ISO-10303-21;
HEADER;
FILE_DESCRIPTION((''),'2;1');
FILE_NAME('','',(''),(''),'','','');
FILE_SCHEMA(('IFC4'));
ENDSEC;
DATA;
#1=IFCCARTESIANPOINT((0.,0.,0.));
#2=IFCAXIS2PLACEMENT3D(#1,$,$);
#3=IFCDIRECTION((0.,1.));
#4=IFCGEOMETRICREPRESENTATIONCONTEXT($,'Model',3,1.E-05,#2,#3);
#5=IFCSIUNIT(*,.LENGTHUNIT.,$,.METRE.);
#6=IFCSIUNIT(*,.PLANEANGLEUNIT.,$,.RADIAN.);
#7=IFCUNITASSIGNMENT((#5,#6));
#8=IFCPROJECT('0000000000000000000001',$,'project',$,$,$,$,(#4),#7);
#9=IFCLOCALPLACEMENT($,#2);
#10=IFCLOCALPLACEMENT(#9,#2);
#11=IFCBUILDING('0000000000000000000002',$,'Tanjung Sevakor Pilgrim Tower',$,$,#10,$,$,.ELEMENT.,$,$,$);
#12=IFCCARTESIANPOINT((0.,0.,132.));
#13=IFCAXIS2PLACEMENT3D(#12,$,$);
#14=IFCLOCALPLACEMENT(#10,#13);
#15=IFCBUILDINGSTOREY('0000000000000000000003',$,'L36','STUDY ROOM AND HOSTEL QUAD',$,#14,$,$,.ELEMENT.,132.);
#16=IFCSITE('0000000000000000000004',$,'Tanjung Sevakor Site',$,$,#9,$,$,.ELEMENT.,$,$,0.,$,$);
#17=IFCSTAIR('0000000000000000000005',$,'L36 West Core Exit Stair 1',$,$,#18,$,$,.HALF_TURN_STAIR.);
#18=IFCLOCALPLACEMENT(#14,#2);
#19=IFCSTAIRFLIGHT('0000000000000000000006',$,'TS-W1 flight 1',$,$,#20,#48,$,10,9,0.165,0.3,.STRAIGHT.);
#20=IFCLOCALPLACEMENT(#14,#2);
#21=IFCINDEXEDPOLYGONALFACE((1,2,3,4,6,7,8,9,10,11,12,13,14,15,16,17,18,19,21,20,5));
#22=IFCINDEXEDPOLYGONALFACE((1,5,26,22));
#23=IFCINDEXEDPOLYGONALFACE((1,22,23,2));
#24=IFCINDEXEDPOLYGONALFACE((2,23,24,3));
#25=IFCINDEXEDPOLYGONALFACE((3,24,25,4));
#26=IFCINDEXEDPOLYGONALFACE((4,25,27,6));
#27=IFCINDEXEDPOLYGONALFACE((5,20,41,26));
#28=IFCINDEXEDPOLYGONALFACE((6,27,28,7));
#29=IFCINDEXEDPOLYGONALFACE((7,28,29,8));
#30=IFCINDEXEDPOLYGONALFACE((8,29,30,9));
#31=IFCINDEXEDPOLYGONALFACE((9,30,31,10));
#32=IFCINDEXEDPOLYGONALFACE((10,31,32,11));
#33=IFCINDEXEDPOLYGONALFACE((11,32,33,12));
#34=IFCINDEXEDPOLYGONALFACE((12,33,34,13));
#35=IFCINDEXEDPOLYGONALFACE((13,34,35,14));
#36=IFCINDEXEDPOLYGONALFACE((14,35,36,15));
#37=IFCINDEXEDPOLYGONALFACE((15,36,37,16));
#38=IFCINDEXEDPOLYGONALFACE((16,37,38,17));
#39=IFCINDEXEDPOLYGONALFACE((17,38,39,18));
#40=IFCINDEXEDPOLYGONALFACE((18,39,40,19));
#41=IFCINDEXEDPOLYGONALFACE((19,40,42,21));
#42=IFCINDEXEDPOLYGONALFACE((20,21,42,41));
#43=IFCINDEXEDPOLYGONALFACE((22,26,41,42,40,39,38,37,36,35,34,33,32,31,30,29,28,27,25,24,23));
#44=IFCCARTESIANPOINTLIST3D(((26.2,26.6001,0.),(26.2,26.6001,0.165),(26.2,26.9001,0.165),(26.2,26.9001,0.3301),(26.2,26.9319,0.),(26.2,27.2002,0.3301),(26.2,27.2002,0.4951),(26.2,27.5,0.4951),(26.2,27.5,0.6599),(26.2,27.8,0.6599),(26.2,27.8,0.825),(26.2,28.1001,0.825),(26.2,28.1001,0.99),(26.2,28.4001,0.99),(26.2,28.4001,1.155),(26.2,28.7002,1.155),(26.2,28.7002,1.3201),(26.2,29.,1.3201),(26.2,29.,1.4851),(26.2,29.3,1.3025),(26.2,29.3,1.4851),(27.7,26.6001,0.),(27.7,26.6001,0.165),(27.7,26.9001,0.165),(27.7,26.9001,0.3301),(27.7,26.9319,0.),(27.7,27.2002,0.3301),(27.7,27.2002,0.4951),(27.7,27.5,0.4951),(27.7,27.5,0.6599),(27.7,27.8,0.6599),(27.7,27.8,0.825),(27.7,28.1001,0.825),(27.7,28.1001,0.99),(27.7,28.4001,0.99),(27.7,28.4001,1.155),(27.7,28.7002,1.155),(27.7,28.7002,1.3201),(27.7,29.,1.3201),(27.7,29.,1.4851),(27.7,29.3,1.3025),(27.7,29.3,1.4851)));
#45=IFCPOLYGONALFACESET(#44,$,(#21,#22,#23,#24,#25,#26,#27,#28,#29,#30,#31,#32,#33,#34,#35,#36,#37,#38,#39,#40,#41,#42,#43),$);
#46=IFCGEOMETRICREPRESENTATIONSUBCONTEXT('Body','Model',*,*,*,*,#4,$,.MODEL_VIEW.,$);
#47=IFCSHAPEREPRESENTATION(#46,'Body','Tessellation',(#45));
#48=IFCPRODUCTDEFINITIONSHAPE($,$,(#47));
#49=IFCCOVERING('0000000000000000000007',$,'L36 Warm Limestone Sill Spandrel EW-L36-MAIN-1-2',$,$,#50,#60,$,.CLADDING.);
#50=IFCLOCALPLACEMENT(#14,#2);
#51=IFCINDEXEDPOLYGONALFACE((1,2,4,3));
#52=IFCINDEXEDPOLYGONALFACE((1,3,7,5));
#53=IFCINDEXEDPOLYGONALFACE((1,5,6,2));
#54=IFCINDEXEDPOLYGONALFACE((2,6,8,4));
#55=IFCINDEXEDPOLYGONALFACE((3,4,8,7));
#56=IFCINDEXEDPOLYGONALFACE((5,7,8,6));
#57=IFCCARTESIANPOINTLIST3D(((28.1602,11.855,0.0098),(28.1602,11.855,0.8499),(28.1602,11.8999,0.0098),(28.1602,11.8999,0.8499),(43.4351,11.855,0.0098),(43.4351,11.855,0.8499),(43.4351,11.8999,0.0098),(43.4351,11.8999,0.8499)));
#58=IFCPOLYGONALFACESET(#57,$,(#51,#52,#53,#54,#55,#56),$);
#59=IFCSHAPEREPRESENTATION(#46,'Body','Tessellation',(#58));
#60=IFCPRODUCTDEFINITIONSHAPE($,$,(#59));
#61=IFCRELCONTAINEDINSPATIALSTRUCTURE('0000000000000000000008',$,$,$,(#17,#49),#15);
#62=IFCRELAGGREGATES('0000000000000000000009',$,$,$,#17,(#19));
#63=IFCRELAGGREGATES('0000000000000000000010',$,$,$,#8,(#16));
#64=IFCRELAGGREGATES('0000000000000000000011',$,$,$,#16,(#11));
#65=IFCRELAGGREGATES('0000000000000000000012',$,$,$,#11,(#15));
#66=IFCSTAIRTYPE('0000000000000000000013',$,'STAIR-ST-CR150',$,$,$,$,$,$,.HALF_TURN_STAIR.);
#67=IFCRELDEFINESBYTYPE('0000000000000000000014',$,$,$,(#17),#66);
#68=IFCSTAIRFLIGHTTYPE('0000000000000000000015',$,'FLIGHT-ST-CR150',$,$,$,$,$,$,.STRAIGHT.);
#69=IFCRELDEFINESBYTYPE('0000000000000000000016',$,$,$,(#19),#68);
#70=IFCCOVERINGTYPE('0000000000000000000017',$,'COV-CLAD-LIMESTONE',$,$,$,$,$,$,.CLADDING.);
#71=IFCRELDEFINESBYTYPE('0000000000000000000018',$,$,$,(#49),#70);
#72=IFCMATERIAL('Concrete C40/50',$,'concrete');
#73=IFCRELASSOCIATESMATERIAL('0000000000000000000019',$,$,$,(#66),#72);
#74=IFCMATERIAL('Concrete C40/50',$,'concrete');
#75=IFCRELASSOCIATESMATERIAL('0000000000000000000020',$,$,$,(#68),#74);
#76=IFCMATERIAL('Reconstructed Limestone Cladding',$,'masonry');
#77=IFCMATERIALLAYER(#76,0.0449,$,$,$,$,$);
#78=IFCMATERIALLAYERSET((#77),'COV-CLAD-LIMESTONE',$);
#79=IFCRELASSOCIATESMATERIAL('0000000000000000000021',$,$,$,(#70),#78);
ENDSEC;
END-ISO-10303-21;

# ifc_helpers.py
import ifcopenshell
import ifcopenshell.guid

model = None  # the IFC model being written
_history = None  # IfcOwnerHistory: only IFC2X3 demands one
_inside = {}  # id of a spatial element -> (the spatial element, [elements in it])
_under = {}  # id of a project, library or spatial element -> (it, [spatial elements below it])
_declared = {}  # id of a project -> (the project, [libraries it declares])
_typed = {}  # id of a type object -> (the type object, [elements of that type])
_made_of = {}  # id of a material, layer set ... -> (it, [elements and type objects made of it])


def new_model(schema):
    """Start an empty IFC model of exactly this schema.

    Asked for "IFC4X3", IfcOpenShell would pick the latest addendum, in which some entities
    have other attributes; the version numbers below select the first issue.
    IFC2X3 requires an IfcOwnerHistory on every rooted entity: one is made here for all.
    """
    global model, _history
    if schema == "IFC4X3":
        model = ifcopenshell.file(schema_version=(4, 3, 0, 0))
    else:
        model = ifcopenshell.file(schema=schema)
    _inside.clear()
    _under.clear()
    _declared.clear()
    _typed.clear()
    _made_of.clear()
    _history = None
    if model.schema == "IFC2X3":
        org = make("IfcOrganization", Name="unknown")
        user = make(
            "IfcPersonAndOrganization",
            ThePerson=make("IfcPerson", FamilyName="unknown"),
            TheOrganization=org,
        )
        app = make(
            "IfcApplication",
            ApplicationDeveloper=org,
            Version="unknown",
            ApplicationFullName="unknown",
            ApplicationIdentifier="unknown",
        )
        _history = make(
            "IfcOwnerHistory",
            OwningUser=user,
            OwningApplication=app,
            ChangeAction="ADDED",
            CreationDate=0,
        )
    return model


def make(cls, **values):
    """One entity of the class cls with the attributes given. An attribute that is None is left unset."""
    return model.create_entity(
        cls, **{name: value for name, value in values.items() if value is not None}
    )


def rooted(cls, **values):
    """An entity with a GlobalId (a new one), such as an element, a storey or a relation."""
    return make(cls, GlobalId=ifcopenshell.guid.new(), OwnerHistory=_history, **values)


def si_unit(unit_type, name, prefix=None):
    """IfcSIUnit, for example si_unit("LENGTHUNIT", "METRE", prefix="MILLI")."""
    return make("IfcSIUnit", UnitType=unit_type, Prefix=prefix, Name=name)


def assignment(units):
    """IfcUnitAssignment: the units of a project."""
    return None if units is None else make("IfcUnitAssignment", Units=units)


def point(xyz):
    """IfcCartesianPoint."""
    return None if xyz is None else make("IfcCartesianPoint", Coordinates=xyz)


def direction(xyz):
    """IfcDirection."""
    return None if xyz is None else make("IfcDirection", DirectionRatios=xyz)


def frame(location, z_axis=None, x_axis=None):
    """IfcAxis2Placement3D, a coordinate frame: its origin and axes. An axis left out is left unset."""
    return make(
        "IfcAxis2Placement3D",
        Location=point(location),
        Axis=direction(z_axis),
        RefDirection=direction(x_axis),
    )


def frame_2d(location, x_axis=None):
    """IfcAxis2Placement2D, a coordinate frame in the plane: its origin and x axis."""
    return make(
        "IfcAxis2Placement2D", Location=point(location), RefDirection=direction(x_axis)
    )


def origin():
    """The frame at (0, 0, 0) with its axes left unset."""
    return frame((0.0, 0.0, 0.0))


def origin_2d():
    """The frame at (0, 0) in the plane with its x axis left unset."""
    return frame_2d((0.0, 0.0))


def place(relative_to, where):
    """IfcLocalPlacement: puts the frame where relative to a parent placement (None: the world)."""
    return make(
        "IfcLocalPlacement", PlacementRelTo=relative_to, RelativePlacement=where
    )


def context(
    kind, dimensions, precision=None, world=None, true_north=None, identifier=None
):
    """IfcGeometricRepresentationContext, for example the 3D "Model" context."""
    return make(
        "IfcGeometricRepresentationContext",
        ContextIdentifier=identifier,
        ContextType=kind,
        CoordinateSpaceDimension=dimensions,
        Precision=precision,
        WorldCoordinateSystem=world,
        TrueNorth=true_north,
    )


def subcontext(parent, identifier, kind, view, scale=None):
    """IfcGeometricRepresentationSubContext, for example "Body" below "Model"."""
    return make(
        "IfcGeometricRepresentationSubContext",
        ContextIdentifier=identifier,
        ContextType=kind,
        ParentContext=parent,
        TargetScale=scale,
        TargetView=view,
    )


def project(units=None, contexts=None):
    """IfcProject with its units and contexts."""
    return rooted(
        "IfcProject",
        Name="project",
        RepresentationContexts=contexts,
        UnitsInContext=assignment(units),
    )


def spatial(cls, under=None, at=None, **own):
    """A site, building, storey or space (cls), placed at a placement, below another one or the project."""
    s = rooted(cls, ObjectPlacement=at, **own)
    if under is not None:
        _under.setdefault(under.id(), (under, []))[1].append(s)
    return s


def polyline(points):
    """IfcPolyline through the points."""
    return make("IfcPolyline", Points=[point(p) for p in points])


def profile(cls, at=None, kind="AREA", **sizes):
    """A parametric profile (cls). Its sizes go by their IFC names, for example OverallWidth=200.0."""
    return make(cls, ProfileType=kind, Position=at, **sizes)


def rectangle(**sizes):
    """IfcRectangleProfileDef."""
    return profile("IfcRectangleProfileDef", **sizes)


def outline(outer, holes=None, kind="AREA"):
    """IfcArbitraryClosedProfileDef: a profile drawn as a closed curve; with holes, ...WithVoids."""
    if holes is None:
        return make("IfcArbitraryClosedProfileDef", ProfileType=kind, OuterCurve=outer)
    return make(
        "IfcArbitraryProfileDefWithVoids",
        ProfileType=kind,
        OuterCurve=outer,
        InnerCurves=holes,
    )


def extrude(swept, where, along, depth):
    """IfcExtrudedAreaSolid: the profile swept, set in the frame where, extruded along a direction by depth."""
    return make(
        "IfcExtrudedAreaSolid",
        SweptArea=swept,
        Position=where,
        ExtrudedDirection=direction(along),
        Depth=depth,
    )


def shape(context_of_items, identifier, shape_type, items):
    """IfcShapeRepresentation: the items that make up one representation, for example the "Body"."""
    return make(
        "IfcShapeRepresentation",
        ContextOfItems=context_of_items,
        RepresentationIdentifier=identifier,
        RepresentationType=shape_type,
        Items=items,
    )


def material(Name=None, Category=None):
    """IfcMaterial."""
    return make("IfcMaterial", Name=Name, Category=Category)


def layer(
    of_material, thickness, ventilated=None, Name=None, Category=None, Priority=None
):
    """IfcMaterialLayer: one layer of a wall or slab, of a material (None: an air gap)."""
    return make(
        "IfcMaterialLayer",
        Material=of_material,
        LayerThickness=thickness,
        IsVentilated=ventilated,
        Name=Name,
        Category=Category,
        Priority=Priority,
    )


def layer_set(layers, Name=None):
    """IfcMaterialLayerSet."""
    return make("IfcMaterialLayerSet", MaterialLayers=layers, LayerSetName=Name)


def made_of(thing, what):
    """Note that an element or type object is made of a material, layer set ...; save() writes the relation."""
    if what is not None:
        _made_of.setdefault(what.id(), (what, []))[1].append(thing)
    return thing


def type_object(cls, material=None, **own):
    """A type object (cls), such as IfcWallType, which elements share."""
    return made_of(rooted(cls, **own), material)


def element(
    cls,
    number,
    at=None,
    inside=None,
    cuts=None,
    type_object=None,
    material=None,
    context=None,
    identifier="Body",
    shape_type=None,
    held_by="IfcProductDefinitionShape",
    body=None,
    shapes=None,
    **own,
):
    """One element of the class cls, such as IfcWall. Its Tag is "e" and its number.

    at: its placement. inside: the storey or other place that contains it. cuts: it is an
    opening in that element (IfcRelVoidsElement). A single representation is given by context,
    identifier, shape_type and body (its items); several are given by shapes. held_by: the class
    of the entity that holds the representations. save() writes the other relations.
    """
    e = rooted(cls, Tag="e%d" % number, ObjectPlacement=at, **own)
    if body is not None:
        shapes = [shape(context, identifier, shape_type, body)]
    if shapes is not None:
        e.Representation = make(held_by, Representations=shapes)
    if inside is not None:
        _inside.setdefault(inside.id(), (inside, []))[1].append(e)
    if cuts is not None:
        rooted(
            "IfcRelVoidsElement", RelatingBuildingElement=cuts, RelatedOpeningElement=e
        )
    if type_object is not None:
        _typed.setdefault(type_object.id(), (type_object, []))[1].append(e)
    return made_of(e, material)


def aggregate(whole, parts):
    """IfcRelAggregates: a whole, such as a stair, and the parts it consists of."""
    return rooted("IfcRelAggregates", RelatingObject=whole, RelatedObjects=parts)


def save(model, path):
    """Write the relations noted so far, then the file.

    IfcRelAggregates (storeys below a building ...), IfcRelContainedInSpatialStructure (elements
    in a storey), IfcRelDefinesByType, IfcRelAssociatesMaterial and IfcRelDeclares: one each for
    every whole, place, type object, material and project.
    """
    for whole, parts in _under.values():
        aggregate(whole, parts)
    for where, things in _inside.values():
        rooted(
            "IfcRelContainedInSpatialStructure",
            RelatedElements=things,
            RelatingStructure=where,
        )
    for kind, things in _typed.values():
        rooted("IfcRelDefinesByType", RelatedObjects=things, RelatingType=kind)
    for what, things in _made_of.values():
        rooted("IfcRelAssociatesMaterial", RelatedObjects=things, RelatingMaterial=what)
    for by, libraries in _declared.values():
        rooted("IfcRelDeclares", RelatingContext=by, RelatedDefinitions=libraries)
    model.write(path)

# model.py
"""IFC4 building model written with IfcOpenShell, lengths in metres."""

from ifc_helpers import new_model, si_unit, direction, frame, origin, origin_2d, place, context, subcontext, project, spatial, polyline, rectangle, outline, extrude, material, layer, layer_set, type_object, element, aggregate, save


model = new_model("IFC4")

# Units and contexts
model_context = context("Model", 3, precision=1e-05, world=origin(), true_north=direction((0.0, 1.0)))
body_context = subcontext(model_context, "Body", "Model", "MODEL_VIEW")
ifc_project = project(units=[si_unit("LENGTHUNIT", "METRE"), si_unit("PLANEANGLEUNIT", "RADIAN")], contexts=[model_context])

# Site, building, storey
site_placement = place(None, origin())
site = spatial("IfcSite", under=ifc_project, at=site_placement, Name="Tanjung Sevakor Site", CompositionType="ELEMENT", RefElevation=0.0)
building_placement = place(site_placement, origin())
building = spatial("IfcBuilding", under=site, at=building_placement, Name="Tanjung Sevakor Pilgrim Tower", CompositionType="ELEMENT")
storey_placement = place(building_placement, frame((0.0, 0.0, 132.0)))
storey = spatial("IfcBuildingStorey", under=building, at=storey_placement, Name="L36", Description="STUDY ROOM AND HOSTEL QUAD", CompositionType="ELEMENT", Elevation=132.0)

# Stair, stair flight
ifc_material_1 = material(Name="Concrete C40/50", Category="concrete")
stair_type = type_object("IfcStairType", Name="STAIR-ST-CR150", PredefinedType="HALF_TURN_STAIR", material=ifc_material_1)
stair_placement = place(storey_placement, origin())
stair = element("IfcStair", 1, at=stair_placement, inside=storey, type_object=stair_type, Name="L36 West Core Exit Stair 1", PredefinedType="HALF_TURN_STAIR")
ifc_material_2 = material(Name="Concrete C40/50", Category="concrete")
stair_flight_type = type_object("IfcStairFlightType", Name="FLIGHT-ST-CR150", PredefinedType="STRAIGHT", material=ifc_material_2)
stair_flight_placement = place(storey_placement, frame((26.95, 26.6001, 0.0), z_axis=(0.0, 0.0, 1.0), x_axis=(0.0, 1.0, 0.0)))
stair_flight = element("IfcStairFlight", 2, at=stair_flight_placement, type_object=stair_flight_type, Name="TS-W1 flight 1", NumberOfRisers=10, NumberOfTreads=9, PredefinedType="STRAIGHT", RiserHeight=0.165, TreadLength=0.3, context=body_context, shape_type="SweptSolid", body=[
    extrude(outline(polyline([(0.0, 0.0), (0.0, 0.165), (0.3, 0.165), (0.3, 0.3301), (0.6001, 0.3301), (0.6001, 0.4951), (0.8999, 0.4951), (0.8999, 0.6599), (1.2, 0.6599), (1.2, 0.825), (1.5, 0.825), (1.5, 0.99), (1.8, 0.99), (1.8, 1.155), (2.1001, 1.155), (2.1001, 1.3201), (2.3999, 1.3201), (2.3999, 1.4851), (2.7, 1.4851), (2.7, 1.6499), (2.7, 1.3025), (0.3318, 0.0), (0.0, 0.0)])), frame((0.0, 0.75, 0.0), z_axis=(0.0, -1.0, 0.0), x_axis=(1.0, 0.0, 0.0)), (0.0, 0.0, 1.0), 1.5),
])
aggregate(stair, [stair_flight])

# Covering
ifc_material_3 = material(Name="Reconstructed Limestone Cladding", Category="masonry")
ifc_layer_1 = layer(ifc_material_3, 0.0449)
ifc_layer_set_1 = layer_set([ifc_layer_1], Name="COV-CLAD-LIMESTONE")
covering_type = type_object("IfcCoveringType", Name="COV-CLAD-LIMESTONE", PredefinedType="CLADDING", material=ifc_layer_set_1)
covering_placement = place(storey_placement, frame((35.7976, 11.8774, 0.0098), z_axis=(0.0, 0.0, 1.0), x_axis=(1.0, 0.0, 0.0)))
element("IfcCovering", 3, at=covering_placement, inside=storey, type_object=covering_type, Name="L36 Warm Limestone Sill Spandrel EW-L36-MAIN-1-2", PredefinedType="CLADDING", context=body_context, shape_type="SweptSolid", body=[
    extrude(rectangle(XDim=15.2749, YDim=0.0449, at=origin_2d()), origin(), (0.0, 0.0, 1.0), 0.8401),
])

save(model, "model.ifc")
